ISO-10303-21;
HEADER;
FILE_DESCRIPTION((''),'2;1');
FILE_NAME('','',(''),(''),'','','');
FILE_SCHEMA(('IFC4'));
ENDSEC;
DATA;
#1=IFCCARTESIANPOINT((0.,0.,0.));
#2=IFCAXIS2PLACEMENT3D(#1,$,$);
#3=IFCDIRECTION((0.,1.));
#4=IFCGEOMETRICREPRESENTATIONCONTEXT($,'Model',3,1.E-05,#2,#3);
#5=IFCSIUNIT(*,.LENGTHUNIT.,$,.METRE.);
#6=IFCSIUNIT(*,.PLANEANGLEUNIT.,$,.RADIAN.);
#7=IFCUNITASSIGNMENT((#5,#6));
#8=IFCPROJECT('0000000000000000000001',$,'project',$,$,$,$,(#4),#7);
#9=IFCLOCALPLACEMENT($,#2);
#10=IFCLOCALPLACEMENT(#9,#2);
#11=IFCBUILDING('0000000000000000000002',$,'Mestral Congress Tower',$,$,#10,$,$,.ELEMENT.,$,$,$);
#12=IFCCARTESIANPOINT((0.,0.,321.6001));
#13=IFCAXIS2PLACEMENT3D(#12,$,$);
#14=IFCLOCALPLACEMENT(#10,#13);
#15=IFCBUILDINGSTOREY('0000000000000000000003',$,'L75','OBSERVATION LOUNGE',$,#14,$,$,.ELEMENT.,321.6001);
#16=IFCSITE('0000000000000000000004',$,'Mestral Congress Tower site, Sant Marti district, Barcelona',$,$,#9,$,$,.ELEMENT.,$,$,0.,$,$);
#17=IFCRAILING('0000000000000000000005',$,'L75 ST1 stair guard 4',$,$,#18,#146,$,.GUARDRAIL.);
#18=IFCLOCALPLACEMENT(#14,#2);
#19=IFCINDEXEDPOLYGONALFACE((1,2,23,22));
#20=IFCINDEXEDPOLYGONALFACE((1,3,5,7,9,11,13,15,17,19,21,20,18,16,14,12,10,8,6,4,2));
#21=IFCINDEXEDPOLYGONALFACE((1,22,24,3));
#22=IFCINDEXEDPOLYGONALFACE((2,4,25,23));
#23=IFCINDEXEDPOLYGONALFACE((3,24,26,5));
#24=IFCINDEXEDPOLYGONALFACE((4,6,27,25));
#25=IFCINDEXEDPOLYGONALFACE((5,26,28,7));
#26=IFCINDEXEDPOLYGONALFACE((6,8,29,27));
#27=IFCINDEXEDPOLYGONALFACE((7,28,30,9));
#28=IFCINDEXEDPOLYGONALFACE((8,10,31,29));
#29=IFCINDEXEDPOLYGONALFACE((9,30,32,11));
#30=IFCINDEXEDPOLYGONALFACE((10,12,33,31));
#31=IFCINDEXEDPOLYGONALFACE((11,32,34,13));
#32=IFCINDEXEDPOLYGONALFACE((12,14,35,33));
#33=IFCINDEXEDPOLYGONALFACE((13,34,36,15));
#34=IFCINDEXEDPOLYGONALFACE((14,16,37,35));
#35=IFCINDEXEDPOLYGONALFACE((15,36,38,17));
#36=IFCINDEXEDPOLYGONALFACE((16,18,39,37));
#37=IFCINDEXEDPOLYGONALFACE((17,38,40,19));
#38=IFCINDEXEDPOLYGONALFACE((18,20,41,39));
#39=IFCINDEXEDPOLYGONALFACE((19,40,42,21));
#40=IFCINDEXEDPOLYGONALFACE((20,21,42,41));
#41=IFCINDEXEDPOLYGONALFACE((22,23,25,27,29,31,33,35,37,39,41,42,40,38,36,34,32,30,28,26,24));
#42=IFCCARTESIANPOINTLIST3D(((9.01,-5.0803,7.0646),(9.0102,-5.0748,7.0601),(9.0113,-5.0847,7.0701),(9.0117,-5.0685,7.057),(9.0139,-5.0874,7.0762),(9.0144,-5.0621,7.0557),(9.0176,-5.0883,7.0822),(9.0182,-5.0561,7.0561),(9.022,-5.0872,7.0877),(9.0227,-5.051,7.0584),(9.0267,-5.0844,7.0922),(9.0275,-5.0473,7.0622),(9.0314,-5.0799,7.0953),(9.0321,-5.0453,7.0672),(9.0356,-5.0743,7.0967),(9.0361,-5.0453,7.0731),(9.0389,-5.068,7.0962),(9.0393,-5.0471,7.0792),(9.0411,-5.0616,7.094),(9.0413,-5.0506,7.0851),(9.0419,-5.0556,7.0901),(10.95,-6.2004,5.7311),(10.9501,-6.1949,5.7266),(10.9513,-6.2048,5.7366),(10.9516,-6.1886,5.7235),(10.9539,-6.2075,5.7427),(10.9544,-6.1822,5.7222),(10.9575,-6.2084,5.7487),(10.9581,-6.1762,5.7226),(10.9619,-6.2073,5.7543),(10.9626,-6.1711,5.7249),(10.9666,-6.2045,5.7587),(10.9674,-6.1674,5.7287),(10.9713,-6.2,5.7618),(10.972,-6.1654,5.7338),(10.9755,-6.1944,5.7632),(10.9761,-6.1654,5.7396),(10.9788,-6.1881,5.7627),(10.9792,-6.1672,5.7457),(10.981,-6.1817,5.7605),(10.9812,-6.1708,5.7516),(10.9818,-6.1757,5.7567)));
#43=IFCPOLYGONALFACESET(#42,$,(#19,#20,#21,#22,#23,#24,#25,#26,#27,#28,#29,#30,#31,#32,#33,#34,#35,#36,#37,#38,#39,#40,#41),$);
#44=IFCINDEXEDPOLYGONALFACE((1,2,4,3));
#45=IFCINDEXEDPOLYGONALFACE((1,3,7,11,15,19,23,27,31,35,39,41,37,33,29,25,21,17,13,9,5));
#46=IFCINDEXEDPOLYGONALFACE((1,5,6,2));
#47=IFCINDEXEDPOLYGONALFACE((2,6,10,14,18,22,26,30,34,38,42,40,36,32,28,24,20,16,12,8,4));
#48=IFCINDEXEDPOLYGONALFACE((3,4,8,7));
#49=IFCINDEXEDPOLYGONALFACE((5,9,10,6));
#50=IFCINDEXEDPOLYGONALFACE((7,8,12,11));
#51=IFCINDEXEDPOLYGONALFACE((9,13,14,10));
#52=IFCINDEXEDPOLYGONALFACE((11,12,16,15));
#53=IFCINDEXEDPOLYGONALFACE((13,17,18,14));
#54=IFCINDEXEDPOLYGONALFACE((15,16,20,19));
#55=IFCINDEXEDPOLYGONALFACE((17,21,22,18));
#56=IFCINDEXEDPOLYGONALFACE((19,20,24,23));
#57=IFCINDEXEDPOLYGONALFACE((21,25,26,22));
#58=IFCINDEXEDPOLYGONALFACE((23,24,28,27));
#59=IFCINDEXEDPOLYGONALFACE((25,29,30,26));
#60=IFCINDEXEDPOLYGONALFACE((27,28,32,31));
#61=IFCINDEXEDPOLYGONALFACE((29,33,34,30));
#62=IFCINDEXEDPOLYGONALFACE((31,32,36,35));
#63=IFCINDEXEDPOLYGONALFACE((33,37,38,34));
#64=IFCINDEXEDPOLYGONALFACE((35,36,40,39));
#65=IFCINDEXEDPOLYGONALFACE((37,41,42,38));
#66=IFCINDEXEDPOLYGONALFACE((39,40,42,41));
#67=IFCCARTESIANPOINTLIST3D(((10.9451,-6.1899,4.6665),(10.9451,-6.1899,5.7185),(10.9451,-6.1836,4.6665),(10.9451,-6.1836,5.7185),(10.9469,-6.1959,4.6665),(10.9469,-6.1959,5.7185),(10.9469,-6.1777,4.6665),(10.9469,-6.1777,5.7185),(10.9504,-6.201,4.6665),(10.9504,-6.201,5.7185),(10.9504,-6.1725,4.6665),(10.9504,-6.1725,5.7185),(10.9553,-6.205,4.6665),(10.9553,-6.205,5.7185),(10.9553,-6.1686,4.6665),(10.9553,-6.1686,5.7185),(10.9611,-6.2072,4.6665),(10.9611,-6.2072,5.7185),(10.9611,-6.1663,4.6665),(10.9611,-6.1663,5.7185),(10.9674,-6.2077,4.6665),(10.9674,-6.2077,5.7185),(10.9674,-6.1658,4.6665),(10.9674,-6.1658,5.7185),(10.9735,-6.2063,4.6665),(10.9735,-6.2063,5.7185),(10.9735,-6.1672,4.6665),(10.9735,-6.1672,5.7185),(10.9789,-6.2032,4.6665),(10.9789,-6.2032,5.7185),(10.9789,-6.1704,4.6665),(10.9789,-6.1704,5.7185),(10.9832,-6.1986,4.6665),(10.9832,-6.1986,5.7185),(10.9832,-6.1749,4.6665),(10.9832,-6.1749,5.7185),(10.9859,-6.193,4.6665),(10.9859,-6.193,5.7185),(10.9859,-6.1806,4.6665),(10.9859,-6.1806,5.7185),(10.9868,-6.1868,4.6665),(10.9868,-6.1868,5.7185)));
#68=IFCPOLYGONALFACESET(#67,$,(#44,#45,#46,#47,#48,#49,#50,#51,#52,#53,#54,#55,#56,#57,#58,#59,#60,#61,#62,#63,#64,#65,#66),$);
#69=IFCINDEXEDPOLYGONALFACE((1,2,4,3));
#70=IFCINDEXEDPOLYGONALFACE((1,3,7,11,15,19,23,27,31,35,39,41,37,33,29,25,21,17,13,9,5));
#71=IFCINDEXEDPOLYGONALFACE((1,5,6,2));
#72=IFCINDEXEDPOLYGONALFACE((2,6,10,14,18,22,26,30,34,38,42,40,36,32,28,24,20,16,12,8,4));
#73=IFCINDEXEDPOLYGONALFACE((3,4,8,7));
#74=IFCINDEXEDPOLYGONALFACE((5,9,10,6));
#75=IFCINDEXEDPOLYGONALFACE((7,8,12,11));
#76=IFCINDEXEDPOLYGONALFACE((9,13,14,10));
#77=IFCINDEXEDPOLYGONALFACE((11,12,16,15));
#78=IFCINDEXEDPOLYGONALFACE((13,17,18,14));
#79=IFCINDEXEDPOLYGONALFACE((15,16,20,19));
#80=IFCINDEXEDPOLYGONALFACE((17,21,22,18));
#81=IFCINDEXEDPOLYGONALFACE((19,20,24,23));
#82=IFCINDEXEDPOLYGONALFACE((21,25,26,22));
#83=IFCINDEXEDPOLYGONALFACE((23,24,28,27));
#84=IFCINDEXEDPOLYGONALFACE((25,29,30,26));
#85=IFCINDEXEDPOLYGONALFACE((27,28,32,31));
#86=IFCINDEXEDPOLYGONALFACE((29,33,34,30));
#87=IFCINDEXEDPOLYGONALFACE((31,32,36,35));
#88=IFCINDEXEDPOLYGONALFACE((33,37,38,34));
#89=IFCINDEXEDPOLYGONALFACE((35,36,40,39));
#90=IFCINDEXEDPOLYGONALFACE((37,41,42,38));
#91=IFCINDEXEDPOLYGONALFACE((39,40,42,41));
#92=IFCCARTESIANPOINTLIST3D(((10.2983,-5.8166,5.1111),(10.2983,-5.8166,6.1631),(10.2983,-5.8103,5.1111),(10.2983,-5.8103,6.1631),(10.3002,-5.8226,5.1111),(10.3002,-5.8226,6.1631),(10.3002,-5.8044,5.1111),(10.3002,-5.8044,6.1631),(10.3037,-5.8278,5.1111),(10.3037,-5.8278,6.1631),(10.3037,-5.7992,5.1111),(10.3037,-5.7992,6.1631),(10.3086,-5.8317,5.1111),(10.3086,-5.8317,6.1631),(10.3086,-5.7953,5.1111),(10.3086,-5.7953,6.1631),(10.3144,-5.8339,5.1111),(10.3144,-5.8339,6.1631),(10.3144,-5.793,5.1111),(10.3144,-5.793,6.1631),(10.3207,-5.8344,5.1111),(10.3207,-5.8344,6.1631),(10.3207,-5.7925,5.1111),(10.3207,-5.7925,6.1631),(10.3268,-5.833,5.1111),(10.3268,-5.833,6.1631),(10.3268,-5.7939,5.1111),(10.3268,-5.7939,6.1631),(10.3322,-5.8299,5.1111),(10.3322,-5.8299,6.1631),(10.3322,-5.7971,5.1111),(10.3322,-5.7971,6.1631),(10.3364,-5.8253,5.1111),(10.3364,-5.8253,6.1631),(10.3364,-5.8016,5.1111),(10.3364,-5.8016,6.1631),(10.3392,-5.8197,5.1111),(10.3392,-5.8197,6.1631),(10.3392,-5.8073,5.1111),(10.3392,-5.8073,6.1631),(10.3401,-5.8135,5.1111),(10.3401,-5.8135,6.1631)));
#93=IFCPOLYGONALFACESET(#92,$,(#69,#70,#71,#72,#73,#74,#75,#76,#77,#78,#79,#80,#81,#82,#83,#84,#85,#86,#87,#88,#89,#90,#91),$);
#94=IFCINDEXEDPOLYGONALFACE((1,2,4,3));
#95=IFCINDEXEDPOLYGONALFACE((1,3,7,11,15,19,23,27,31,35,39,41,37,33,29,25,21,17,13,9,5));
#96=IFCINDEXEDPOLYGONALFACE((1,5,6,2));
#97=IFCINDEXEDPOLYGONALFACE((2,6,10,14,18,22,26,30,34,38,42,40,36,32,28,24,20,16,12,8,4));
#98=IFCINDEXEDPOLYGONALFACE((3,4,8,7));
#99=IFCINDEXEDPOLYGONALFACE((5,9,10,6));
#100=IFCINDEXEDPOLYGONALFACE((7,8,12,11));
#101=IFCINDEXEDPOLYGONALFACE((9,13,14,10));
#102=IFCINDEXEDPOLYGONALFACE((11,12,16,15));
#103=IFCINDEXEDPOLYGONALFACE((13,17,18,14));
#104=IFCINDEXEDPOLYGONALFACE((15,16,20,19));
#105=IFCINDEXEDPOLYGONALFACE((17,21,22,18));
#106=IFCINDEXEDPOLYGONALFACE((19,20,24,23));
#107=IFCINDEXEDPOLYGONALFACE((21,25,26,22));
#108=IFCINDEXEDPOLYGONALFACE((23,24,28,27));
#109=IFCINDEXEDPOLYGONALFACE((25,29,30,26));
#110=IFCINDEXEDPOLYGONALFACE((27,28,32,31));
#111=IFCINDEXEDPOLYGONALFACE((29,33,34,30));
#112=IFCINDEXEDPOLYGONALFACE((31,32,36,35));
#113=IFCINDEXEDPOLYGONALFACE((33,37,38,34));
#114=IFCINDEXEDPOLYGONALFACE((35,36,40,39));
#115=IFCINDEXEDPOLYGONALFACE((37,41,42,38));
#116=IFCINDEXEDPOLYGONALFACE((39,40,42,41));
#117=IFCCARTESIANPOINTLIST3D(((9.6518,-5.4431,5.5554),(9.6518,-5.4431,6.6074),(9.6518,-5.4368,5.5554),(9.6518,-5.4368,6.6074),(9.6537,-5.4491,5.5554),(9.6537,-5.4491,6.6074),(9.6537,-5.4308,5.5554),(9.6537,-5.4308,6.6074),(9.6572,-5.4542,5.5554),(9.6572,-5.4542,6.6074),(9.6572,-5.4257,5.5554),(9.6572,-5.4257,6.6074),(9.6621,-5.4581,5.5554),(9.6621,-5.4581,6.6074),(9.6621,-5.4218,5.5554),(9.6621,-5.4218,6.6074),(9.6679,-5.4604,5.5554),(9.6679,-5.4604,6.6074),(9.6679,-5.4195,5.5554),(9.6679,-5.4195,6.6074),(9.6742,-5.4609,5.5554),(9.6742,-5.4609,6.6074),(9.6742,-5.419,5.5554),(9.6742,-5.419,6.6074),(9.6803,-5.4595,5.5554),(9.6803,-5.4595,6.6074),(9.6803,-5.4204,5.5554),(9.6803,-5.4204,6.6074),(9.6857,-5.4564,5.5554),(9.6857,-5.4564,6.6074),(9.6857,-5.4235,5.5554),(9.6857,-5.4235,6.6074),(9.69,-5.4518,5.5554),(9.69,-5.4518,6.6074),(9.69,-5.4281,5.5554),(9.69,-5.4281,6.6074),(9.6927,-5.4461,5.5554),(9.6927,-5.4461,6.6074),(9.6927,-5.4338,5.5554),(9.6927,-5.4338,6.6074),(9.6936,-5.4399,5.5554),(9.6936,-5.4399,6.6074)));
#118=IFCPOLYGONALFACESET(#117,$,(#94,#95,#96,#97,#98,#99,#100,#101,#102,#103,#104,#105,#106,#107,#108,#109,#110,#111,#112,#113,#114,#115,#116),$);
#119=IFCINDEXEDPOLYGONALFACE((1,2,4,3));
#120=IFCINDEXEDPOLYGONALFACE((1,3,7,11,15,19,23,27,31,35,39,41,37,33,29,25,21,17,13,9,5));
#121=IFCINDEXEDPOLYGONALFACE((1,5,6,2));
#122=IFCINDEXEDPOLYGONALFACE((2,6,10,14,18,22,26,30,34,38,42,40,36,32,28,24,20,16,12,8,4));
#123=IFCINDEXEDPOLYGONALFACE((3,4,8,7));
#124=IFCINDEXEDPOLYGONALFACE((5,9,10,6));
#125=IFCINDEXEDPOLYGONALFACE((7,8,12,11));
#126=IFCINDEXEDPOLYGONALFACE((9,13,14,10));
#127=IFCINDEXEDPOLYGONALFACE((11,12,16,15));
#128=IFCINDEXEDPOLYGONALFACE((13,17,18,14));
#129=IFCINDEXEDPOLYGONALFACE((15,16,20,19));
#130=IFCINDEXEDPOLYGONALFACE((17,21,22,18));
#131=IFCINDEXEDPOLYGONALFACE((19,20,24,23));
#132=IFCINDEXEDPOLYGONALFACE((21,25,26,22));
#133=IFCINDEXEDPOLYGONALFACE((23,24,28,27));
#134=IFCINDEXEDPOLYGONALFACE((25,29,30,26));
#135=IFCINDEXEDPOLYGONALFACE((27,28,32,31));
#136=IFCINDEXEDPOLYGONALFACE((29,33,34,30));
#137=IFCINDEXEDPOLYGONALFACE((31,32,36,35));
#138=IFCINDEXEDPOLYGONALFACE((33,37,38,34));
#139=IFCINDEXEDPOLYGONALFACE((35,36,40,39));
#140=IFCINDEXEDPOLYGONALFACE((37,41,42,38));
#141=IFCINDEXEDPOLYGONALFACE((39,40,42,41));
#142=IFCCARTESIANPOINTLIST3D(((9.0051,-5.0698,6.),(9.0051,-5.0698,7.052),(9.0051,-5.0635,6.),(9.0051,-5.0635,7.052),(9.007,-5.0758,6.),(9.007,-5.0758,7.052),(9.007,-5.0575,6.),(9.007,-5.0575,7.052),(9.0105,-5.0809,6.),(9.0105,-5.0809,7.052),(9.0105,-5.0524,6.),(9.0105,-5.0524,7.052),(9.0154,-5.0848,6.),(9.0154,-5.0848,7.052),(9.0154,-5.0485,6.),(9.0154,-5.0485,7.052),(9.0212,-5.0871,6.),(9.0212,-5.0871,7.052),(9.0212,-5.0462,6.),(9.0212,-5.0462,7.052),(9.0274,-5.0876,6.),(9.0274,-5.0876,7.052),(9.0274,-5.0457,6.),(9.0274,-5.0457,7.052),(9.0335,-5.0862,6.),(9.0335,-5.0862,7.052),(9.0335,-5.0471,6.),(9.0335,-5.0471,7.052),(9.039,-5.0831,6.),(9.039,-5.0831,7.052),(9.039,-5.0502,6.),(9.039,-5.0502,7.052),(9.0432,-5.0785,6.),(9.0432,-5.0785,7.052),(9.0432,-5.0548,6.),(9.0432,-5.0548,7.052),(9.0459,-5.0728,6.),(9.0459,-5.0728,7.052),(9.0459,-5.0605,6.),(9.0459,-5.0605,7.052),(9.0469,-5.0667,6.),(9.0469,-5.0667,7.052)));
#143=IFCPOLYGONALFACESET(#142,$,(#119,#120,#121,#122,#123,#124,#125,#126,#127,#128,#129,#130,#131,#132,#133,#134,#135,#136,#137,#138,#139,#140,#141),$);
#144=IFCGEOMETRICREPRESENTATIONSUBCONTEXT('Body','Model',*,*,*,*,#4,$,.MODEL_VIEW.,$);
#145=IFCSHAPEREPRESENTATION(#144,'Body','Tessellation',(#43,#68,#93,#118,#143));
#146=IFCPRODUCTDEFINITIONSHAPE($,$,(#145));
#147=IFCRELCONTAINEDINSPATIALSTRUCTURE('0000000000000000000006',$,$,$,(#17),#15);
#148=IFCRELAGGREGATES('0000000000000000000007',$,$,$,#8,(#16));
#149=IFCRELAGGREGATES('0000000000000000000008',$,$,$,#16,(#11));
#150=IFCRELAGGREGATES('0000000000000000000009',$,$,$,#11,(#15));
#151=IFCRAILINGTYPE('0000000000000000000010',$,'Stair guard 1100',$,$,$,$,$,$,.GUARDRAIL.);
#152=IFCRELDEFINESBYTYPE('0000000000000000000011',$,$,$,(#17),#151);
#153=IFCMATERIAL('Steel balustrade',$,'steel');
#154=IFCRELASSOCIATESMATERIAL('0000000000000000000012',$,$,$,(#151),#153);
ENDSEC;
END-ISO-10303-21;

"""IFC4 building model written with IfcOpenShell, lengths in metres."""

from ifc_helpers import new_model, si_unit, direction, frame, origin, origin_2d, place, context, subcontext, project, spatial, circle, extrude, material, type_object, element, save


model = new_model("IFC4")

# Units and contexts
model_context = context("Model", 3, precision=1e-05, world=origin(), true_north=direction((0.0, 1.0)))
body_context = subcontext(model_context, "Body", "Model", "MODEL_VIEW")
ifc_project = project(units=[si_unit("LENGTHUNIT", "METRE"), si_unit("PLANEANGLEUNIT", "RADIAN")], contexts=[model_context])

# Site, building, storey
site_placement = place(None, origin())
site = spatial("IfcSite", under=ifc_project, at=site_placement, Name="Mestral Congress Tower site, Sant Marti district, Barcelona", CompositionType="ELEMENT", RefElevation=0.0)
building_placement = place(site_placement, origin())
building = spatial("IfcBuilding", under=site, at=building_placement, Name="Mestral Congress Tower", CompositionType="ELEMENT")
storey_placement = place(building_placement, frame((0.0, 0.0, 321.6001)))
storey = spatial("IfcBuildingStorey", under=building, at=storey_placement, Name="L75", Description="OBSERVATION LOUNGE", CompositionType="ELEMENT", Elevation=321.6001)

# Railing
ifc_material_1 = material(Name="Steel balustrade", Category="steel")
railing_type = type_object("IfcRailingType", Name="Stair guard 1100", PredefinedType="GUARDRAIL", material=ifc_material_1)
railing_1_placement = place(storey_placement, frame((10.9658, -6.1868, 4.6665)))
element("IfcRailing", 1, at=railing_1_placement, inside=storey, type_object=railing_type, Name="L75 ST1 stair guard 4", PredefinedType="GUARDRAIL", context=body_context, shape_type="SweptSolid", body=[
    extrude(circle(Radius=0.0239, at=origin_2d()), frame((0.0, 0.0, 1.0762), z_axis=(-0.744139, 0.429664, 0.511514), x_axis=(-0.500031, -0.866008, 0.0)), (0.0, 0.0, 1.0), 2.6069),
    extrude(circle(Radius=0.021, at=origin_2d()), origin(), (0.0, 0.0, 1.0), 1.052),
    extrude(circle(Radius=0.021, at=origin_2d()), frame((-0.6467, 0.3733, 0.4446)), (0.0, 0.0, 1.0), 1.052),
    extrude(circle(Radius=0.021, at=origin_2d()), frame((-1.2932, 0.7468, 0.8889)), (0.0, 0.0, 1.0), 1.052),
    extrude(circle(Radius=0.021, at=origin_2d()), frame((-1.9399, 1.1201, 1.3335)), (0.0, 0.0, 1.0), 1.052),
])

save(model, "model.ifc")
